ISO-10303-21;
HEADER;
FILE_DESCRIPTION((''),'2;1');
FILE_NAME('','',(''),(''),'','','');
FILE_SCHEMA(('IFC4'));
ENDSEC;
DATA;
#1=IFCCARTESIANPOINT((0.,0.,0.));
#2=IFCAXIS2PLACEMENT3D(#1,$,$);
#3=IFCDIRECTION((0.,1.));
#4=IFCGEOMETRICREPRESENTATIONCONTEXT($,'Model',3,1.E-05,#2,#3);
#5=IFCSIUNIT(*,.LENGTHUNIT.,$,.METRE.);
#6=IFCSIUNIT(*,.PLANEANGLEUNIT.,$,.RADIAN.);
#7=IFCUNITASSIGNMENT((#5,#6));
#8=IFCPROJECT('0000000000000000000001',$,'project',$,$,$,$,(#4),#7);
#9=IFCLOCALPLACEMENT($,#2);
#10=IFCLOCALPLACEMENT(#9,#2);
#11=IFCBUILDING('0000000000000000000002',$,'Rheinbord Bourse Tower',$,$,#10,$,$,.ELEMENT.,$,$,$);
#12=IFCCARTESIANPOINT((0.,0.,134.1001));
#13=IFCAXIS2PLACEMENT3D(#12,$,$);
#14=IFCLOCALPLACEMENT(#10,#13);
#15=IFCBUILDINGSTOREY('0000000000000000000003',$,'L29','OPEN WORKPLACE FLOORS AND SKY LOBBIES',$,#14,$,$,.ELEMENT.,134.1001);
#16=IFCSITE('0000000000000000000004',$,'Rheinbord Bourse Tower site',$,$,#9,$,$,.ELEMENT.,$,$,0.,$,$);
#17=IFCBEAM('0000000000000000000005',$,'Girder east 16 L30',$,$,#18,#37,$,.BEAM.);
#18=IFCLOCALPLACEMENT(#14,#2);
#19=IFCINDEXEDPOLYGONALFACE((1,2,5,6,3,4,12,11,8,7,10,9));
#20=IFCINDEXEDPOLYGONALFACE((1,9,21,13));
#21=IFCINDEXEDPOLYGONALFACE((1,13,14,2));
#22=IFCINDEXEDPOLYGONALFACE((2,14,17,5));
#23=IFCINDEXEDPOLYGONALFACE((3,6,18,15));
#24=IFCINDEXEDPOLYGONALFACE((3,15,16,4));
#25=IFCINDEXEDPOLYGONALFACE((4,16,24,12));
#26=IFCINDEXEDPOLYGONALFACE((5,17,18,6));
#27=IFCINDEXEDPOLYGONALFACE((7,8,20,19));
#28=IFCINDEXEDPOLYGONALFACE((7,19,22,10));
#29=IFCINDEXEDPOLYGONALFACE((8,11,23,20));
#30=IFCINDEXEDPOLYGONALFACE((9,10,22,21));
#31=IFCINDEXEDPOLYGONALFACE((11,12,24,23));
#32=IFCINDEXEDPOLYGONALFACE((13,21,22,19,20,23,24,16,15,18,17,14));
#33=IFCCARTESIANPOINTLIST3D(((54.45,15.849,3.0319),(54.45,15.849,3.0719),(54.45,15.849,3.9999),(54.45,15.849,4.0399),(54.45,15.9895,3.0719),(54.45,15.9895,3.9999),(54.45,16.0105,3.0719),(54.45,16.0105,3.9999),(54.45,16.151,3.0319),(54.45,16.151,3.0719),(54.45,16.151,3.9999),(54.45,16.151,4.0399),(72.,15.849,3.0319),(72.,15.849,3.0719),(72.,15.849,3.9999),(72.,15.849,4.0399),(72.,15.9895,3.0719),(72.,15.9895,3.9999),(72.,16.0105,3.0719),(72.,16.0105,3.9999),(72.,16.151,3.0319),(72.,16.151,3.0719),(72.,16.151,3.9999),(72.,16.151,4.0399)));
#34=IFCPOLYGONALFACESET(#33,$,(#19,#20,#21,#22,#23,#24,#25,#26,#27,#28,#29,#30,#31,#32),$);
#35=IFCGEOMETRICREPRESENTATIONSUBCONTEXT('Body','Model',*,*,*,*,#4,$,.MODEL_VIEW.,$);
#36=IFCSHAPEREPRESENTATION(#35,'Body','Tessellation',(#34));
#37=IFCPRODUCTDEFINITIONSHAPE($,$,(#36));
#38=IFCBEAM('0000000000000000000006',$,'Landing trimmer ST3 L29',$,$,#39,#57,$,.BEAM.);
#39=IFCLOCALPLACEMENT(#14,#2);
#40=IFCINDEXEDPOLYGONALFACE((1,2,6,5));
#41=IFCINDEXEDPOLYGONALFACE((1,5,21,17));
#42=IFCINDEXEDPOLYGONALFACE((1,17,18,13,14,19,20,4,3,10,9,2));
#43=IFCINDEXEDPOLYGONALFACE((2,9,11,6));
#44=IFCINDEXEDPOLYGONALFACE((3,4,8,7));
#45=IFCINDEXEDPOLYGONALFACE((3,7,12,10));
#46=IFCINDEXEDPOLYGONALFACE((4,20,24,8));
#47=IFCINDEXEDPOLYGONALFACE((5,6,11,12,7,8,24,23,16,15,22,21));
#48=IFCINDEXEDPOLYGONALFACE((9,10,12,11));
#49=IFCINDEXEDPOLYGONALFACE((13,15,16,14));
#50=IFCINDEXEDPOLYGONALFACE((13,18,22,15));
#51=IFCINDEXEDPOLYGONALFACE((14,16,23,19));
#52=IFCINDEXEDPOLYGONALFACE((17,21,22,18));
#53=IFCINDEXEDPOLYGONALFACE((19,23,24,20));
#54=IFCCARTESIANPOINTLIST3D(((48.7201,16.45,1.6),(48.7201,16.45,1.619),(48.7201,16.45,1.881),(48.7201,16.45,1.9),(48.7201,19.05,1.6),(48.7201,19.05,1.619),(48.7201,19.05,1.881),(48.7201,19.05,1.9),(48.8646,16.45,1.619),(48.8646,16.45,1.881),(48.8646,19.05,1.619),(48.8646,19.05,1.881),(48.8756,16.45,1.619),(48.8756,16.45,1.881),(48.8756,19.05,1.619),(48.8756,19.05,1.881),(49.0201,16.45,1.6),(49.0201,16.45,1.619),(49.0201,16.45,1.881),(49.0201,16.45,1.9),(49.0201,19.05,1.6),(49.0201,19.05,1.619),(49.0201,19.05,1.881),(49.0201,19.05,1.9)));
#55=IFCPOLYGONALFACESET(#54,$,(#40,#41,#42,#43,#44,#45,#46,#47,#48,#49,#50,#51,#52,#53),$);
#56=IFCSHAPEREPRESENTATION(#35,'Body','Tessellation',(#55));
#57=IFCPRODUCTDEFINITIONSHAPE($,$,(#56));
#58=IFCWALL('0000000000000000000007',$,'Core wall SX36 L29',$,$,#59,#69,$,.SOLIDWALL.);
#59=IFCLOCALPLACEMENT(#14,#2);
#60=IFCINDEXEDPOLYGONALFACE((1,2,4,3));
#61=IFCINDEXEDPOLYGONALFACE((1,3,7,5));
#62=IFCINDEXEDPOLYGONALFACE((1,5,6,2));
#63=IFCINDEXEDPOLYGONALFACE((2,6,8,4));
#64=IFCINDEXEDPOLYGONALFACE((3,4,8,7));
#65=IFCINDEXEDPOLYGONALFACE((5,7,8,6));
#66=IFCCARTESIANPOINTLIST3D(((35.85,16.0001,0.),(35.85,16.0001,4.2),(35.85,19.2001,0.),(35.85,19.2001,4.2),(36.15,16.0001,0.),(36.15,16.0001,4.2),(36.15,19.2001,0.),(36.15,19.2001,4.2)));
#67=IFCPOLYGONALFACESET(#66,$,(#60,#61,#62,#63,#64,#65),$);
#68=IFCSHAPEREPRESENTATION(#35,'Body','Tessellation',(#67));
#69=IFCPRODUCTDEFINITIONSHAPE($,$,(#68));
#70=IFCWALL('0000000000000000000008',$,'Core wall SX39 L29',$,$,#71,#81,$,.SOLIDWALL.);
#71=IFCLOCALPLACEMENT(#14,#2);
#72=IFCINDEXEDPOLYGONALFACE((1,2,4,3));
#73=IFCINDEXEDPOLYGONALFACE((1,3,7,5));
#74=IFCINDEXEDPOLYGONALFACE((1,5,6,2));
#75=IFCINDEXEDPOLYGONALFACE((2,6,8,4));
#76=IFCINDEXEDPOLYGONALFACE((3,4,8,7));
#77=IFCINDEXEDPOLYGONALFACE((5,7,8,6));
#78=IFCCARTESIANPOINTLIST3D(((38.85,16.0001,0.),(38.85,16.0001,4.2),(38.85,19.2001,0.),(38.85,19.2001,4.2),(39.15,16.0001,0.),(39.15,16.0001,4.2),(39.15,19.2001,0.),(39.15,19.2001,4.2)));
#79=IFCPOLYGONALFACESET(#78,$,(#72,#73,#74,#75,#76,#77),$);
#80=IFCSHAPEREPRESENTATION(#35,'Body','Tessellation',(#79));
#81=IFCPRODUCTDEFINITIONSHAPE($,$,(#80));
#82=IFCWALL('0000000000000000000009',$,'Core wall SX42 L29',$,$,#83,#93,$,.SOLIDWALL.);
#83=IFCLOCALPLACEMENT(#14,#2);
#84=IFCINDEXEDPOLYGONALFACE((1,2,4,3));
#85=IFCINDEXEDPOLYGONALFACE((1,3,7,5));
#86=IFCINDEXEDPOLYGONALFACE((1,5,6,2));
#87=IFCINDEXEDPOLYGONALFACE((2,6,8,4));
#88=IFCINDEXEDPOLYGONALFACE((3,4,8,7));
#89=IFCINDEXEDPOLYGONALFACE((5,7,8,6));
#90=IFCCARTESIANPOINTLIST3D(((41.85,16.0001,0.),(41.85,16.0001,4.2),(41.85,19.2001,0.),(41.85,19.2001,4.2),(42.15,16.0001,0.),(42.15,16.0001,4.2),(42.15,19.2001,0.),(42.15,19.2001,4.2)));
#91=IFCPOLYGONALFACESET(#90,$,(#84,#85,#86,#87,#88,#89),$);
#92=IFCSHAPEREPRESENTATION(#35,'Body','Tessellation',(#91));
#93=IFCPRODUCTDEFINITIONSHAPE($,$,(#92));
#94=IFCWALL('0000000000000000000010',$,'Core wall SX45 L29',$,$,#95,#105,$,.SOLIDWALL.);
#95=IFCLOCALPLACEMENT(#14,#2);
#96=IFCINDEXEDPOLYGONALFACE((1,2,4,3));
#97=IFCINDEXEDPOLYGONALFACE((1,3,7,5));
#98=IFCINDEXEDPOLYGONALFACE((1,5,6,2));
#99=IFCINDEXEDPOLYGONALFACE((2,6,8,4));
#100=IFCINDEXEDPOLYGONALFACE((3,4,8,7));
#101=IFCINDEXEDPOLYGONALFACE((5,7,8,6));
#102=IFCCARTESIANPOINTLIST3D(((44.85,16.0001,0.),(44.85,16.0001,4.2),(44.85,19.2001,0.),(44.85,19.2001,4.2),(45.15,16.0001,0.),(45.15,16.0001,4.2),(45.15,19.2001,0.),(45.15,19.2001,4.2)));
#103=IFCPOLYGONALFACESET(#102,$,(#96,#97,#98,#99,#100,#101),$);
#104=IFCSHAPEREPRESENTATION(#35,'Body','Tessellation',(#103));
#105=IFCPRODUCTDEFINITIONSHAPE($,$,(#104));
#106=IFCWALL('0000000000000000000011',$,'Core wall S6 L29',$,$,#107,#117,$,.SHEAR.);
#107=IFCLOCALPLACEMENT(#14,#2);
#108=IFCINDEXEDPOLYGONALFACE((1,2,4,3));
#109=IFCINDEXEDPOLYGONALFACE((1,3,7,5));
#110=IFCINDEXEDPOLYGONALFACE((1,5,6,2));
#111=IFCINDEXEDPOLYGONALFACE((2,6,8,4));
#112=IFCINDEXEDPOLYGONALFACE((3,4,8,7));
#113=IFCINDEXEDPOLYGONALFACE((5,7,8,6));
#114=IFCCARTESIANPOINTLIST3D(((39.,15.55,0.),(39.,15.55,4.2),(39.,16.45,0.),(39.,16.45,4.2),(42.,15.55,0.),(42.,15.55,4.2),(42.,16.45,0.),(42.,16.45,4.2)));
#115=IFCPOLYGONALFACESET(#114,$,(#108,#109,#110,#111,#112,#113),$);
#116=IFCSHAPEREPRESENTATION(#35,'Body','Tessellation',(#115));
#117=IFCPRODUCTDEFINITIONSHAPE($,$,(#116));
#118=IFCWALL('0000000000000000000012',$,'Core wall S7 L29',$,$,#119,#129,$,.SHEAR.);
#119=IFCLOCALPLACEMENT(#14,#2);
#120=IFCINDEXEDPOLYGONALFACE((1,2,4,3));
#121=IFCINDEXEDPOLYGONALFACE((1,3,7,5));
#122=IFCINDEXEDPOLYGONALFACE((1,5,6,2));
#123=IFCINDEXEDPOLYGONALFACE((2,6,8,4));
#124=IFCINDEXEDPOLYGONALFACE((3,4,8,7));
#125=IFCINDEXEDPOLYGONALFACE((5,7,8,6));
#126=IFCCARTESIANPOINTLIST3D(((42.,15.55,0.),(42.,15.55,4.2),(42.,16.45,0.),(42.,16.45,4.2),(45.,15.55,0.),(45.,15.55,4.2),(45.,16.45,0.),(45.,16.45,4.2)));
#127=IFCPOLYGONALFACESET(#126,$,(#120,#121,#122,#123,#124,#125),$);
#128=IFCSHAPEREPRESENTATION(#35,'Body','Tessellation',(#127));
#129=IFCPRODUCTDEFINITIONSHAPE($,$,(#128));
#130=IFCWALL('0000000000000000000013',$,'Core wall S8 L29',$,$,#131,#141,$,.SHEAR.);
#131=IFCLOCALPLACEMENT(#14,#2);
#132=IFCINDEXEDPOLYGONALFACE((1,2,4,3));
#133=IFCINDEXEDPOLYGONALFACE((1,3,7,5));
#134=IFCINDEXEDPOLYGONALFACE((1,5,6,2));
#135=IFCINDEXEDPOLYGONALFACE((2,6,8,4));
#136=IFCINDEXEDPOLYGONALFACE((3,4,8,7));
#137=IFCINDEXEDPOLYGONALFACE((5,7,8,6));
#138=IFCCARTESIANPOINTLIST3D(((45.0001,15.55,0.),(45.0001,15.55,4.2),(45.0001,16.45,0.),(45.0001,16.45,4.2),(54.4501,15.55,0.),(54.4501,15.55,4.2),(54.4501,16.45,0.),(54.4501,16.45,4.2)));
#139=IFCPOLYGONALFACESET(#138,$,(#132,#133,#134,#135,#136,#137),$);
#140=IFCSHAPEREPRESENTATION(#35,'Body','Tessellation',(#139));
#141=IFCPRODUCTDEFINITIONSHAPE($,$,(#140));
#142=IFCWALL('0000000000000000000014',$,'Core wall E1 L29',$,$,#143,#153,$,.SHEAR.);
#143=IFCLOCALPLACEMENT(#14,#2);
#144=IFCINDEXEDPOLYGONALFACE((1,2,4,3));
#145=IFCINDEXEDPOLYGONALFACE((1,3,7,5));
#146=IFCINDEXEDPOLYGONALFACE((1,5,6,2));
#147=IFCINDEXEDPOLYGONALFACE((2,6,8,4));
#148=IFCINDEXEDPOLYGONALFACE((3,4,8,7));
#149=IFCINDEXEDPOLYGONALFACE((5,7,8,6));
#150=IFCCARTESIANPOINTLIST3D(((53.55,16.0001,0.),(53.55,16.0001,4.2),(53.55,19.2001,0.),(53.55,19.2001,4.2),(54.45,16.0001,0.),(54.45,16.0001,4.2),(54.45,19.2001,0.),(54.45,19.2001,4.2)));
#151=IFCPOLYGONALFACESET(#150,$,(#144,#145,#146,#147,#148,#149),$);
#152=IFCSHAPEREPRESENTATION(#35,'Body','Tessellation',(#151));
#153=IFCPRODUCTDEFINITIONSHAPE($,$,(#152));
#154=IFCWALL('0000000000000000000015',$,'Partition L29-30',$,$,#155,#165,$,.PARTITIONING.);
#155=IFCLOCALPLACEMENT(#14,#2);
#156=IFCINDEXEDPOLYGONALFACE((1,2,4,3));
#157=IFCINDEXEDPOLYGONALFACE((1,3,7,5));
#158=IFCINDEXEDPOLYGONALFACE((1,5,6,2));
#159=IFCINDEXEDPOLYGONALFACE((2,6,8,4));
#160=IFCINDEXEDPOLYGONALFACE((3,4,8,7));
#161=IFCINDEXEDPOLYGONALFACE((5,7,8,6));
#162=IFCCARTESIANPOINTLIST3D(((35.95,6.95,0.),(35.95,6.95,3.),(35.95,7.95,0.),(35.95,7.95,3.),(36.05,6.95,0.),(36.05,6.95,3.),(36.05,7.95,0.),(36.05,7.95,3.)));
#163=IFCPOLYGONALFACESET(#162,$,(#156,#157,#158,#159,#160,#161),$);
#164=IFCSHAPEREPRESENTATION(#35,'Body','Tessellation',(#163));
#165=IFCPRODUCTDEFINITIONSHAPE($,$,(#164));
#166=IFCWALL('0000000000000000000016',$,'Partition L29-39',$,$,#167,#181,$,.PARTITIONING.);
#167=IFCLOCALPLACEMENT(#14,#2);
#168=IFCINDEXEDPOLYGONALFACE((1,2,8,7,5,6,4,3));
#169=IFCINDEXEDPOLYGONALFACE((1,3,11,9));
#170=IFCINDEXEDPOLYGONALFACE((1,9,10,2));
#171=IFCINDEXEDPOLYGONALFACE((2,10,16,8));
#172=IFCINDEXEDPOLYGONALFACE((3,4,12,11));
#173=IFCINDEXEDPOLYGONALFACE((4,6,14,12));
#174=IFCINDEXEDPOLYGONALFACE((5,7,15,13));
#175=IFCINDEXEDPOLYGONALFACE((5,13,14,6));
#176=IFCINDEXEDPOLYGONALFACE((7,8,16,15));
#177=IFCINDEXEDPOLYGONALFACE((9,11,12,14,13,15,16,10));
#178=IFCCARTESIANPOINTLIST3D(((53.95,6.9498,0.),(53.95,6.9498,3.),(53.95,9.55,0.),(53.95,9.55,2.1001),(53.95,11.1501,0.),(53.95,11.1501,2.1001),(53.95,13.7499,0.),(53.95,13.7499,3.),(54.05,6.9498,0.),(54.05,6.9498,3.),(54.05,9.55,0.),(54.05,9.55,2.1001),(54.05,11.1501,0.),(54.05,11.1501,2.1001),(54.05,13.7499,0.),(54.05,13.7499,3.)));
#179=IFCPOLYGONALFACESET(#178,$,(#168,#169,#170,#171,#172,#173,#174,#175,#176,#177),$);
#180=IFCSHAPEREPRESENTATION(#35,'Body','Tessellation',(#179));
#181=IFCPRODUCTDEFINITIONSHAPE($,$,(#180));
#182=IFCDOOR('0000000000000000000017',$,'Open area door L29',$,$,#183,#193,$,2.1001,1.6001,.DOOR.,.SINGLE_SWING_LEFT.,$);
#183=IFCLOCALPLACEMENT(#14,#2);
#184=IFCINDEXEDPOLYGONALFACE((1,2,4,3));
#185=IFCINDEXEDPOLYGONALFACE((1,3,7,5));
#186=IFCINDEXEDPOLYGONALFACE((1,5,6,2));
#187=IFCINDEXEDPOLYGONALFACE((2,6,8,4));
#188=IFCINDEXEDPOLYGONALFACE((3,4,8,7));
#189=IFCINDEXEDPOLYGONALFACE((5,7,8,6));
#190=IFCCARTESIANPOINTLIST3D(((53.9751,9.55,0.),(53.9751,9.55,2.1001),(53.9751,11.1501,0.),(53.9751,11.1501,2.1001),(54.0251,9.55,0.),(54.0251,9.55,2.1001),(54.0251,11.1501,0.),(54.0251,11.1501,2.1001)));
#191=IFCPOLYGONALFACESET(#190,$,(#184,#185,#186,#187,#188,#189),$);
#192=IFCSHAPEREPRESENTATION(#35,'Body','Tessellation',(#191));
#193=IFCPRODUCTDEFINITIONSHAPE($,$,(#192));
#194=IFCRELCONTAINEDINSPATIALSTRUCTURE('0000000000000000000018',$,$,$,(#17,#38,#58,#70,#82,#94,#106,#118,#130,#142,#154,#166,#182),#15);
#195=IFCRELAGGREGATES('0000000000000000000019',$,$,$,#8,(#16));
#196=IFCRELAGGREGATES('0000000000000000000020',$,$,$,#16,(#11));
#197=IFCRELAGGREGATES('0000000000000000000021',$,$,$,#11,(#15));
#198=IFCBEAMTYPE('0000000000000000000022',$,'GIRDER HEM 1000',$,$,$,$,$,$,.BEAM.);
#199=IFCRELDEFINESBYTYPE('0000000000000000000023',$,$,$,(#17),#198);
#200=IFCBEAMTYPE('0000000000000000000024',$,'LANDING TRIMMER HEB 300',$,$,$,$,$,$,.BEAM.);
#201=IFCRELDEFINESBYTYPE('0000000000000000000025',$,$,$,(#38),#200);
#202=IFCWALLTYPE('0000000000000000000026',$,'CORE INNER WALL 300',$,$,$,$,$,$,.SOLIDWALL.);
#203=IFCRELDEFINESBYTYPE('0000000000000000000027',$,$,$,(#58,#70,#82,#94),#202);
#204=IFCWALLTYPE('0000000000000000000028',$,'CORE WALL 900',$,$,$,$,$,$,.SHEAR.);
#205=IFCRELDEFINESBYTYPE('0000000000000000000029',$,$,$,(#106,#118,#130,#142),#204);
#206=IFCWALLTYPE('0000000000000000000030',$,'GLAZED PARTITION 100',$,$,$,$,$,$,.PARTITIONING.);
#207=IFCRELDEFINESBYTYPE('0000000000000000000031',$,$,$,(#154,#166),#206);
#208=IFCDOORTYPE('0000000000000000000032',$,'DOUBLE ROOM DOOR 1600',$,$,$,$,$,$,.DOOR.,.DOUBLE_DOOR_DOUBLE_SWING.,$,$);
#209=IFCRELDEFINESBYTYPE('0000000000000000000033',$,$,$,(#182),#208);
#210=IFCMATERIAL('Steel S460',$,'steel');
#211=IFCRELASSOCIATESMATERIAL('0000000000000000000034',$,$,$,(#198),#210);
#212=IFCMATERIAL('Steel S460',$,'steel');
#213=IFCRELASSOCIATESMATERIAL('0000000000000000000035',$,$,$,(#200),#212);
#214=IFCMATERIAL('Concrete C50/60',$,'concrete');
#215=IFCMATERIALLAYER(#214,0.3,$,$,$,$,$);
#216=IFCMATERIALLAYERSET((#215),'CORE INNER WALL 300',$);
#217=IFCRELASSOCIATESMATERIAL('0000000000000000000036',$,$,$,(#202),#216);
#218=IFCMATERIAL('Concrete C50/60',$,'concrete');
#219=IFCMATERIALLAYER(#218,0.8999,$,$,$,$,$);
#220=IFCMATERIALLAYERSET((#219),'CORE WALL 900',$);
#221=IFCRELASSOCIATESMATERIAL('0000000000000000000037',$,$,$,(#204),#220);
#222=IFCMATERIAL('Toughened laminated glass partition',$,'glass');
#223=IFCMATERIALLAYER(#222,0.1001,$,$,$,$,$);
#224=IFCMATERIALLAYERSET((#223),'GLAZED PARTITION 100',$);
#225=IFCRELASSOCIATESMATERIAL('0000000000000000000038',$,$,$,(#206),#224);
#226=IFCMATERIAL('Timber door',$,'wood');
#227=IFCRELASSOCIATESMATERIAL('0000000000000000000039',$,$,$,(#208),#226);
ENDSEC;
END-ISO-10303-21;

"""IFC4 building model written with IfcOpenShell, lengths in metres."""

from ifc_helpers import new_model, si_unit, direction, frame, frame_2d, origin, origin_2d, place, context, subcontext, project, spatial, rectangle, i_section, extrude, material, layer, layer_set, material_profile, profile_set, type_object, element, fill, save


model = new_model("IFC4")

# Units and contexts
model_context = context("Model", 3, precision=1e-05, world=origin(), true_north=direction((0.0, 1.0)))
body_context = subcontext(model_context, "Body", "Model", "MODEL_VIEW")
ifc_project = project(units=[si_unit("LENGTHUNIT", "METRE"), si_unit("PLANEANGLEUNIT", "RADIAN")], contexts=[model_context])

# Site, building, storey
site_placement = place(None, origin())
site = spatial("IfcSite", under=ifc_project, at=site_placement, Name="Rheinbord Bourse Tower site", CompositionType="ELEMENT", RefElevation=0.0)
building_placement = place(site_placement, origin())
building = spatial("IfcBuilding", under=site, at=building_placement, Name="Rheinbord Bourse Tower", CompositionType="ELEMENT")
storey_placement = place(building_placement, frame((0.0, 0.0, 134.1001)))
storey = spatial("IfcBuildingStorey", under=building, at=storey_placement, Name="L29", Description="OPEN WORKPLACE FLOORS AND SKY LOBBIES", CompositionType="ELEMENT", Elevation=134.1001)

# Beams
ifc_material_1 = material(Name="Steel S460", Category="steel")
ifc_material_profile_1 = material_profile(ifc_material_1, i_section(OverallWidth=0.302, OverallDepth=1.0081, WebThickness=0.021, FlangeThickness=0.04, at=origin_2d()), Name="HEM 1000")
ifc_profile_set_1 = profile_set([ifc_material_profile_1], Name="Steel S460")
beam_type_1 = type_object("IfcBeamType", Name="GIRDER HEM 1000", PredefinedType="BEAM", material=ifc_profile_set_1)
beam_1_placement = place(storey_placement, frame((54.45, 16.0, 3.5359), z_axis=(1.0, 0.0, 0.0), x_axis=(0.0, 1.0, 0.0)))
element("IfcBeam", 1, at=beam_1_placement, inside=storey, type_object=beam_type_1, Name="Girder east 16 L30", PredefinedType="BEAM", context=body_context, shape_type="SweptSolid", body=[
    extrude(i_section(OverallWidth=0.302, OverallDepth=1.0081, WebThickness=0.021, FlangeThickness=0.04, at=origin_2d()), origin(), (0.0, 0.0, 1.0), 17.55),
])
ifc_material_2 = material(Name="Steel S460", Category="steel")
ifc_material_profile_2 = material_profile(ifc_material_2, i_section(OverallWidth=0.3, OverallDepth=0.3, WebThickness=0.011, FlangeThickness=0.019, at=origin_2d()), Name="HEB 300")
ifc_profile_set_2 = profile_set([ifc_material_profile_2], Name="Steel S460")
beam_type_2 = type_object("IfcBeamType", Name="LANDING TRIMMER HEB 300", PredefinedType="BEAM", material=ifc_profile_set_2)
beam_2_placement = place(storey_placement, frame((48.8701, 16.45, 1.75), z_axis=(0.0, 1.0, 0.0), x_axis=(-1.0, 0.0, 0.0)))
element("IfcBeam", 2, at=beam_2_placement, inside=storey, type_object=beam_type_2, Name="Landing trimmer ST3 L29", PredefinedType="BEAM", context=body_context, shape_type="SweptSolid", body=[
    extrude(i_section(OverallWidth=0.3, OverallDepth=0.3, WebThickness=0.011, FlangeThickness=0.019, at=origin_2d()), origin(), (0.0, 0.0, 1.0), 2.6001),
])

# Walls
ifc_material_3 = material(Name="Concrete C50/60", Category="concrete")
ifc_layer_1 = layer(ifc_material_3, 0.3)
ifc_layer_set_1 = layer_set([ifc_layer_1], Name="CORE INNER WALL 300")
wall_type_1 = type_object("IfcWallType", Name="CORE INNER WALL 300", PredefinedType="SOLIDWALL", material=ifc_layer_set_1)
for number, where, z_axis, x_axis, name in (
    (3, (36.0, 16.0, 0.0), (0.0, 0.0, 1.0), (0.0, 1.0, 0.0), "Core wall SX36 L29"),
    (4, (39.0, 16.0, 0.0), (0.0, 0.0, 1.0), (0.0, 1.0, 0.0), "Core wall SX39 L29"),
    (5, (42.0, 16.0, 0.0), (0.0, 0.0, 1.0), (0.0, 1.0, 0.0), "Core wall SX42 L29"),
    (6, (45.0, 16.0, 0.0), (0.0, 0.0, 1.0), (0.0, 1.0, 0.0), "Core wall SX45 L29"),
):
    element("IfcWall", number, at=place(storey_placement, frame(where, z_axis=z_axis, x_axis=x_axis)), inside=storey, type_object=wall_type_1, Name=name, PredefinedType="SOLIDWALL", context=body_context, shape_type="SweptSolid", body=[
        extrude(rectangle(XDim=3.2, YDim=0.3, at=frame_2d((1.6001, 0.0))), origin(), (0.0, 0.0, 1.0), 4.2),
    ])
ifc_material_4 = material(Name="Concrete C50/60", Category="concrete")
ifc_layer_2 = layer(ifc_material_4, 0.8999)
ifc_layer_set_2 = layer_set([ifc_layer_2], Name="CORE WALL 900")
wall_type_2 = type_object("IfcWallType", Name="CORE WALL 900", PredefinedType="SHEAR", material=ifc_layer_set_2)
for number, where, z_axis, x_axis, name in (
    (7, (39.0, 16.0, 0.0), (0.0, 0.0, 1.0), (1.0, 0.0, 0.0), "Core wall S6 L29"),
    (8, (42.0, 16.0, 0.0), (0.0, 0.0, 1.0), (1.0, 0.0, 0.0), "Core wall S7 L29"),
):
    element("IfcWall", number, at=place(storey_placement, frame(where, z_axis=z_axis, x_axis=x_axis)), inside=storey, type_object=wall_type_2, Name=name, PredefinedType="SHEAR", context=body_context, shape_type="SweptSolid", body=[
        extrude(rectangle(XDim=3.0, YDim=0.8999, at=frame_2d((1.5, 0.0))), origin(), (0.0, 0.0, 1.0), 4.2),
    ])
wall_1_placement = place(storey_placement, frame((45.0, 16.0, 0.0), z_axis=(0.0, 0.0, 1.0), x_axis=(1.0, 0.0, 0.0)))
element("IfcWall", 9, at=wall_1_placement, inside=storey, type_object=wall_type_2, Name="Core wall S8 L29", PredefinedType="SHEAR", context=body_context, shape_type="SweptSolid", body=[
    extrude(rectangle(XDim=9.45, YDim=0.8999, at=frame_2d((4.7251, 0.0))), origin(), (0.0, 0.0, 1.0), 4.2),
])
wall_2_placement = place(storey_placement, frame((54.0, 16.0, 0.0), z_axis=(0.0, 0.0, 1.0), x_axis=(0.0, 1.0, 0.0)))
element("IfcWall", 10, at=wall_2_placement, inside=storey, type_object=wall_type_2, Name="Core wall E1 L29", PredefinedType="SHEAR", context=body_context, shape_type="SweptSolid", body=[
    extrude(rectangle(XDim=3.2, YDim=0.8999, at=frame_2d((1.6001, 0.0))), origin(), (0.0, 0.0, 1.0), 4.2),
])
ifc_material_5 = material(Name="Toughened laminated glass partition", Category="glass")
ifc_layer_3 = layer(ifc_material_5, 0.1001)
ifc_layer_set_3 = layer_set([ifc_layer_3], Name="GLAZED PARTITION 100")
wall_type_3 = type_object("IfcWallType", Name="GLAZED PARTITION 100", PredefinedType="PARTITIONING", material=ifc_layer_set_3)
wall_3_placement = place(storey_placement, frame((36.0, 6.95, 0.0), z_axis=(0.0, 0.0, 1.0), x_axis=(0.0, 1.0, 0.0)))
element("IfcWall", 11, at=wall_3_placement, inside=storey, type_object=wall_type_3, Name="Partition L29-30", PredefinedType="PARTITIONING", context=body_context, shape_type="SweptSolid", body=[
    extrude(rectangle(XDim=1.0, YDim=0.1001, at=frame_2d((0.5, 0.0))), origin(), (0.0, 0.0, 1.0), 3.0),
])

# Wall, opening, door
wall_4_placement = place(storey_placement, frame((54.0, 6.95, 0.0), z_axis=(0.0, 0.0, 1.0), x_axis=(0.0, 1.0, 0.0)))
wall_4 = element("IfcWall", 12, at=wall_4_placement, inside=storey, type_object=wall_type_3, Name="Partition L29-39", PredefinedType="PARTITIONING", context=body_context, shape_type="SweptSolid", body=[
    extrude(rectangle(XDim=6.8, YDim=0.1001, at=frame_2d((3.3999, 0.0))), origin(), (0.0, 0.0, 1.0), 3.0),
])
opening_1_placement = place(wall_4_placement, frame((2.6001, 0.0, 0.0)))
opening_1 = element("IfcOpeningElement", 13, at=opening_1_placement, cuts=wall_4, PredefinedType="OPENING", context=body_context, shape_type="SweptSolid", body=[
    extrude(rectangle(XDim=1.6001, YDim=2.1001, at=frame_2d((0.8, 1.05))), frame((0.0, 0.0601, 0.0), z_axis=(0.0, -1.0, 0.0), x_axis=(1.0, 0.0, 0.0)), (0.0, 0.0, 1.0), 0.1201),
])
ifc_material_6 = material(Name="Timber door", Category="wood")
door_type_1 = type_object("IfcDoorType", Name="DOUBLE ROOM DOOR 1600", OperationType="DOUBLE_DOOR_DOUBLE_SWING", PredefinedType="DOOR", material=ifc_material_6)
door_1_placement = place(opening_1_placement, origin())
door_1 = element("IfcDoor", 14, at=door_1_placement, inside=storey, type_object=door_type_1, Name="Open area door L29", OperationType="SINGLE_SWING_LEFT", OverallHeight=2.1001, OverallWidth=1.6001, PredefinedType="DOOR", context=body_context, shape_type="SweptSolid", body=[
    extrude(rectangle(XDim=1.6001, YDim=2.1001, at=frame_2d((0.8, 1.05))), frame((0.0, 0.0249, 0.0), z_axis=(0.0, -1.0, 0.0), x_axis=(1.0, 0.0, 0.0)), (0.0, 0.0, 1.0), 0.05),
])
fill(opening_1, door_1)

save(model, "model.ifc")
